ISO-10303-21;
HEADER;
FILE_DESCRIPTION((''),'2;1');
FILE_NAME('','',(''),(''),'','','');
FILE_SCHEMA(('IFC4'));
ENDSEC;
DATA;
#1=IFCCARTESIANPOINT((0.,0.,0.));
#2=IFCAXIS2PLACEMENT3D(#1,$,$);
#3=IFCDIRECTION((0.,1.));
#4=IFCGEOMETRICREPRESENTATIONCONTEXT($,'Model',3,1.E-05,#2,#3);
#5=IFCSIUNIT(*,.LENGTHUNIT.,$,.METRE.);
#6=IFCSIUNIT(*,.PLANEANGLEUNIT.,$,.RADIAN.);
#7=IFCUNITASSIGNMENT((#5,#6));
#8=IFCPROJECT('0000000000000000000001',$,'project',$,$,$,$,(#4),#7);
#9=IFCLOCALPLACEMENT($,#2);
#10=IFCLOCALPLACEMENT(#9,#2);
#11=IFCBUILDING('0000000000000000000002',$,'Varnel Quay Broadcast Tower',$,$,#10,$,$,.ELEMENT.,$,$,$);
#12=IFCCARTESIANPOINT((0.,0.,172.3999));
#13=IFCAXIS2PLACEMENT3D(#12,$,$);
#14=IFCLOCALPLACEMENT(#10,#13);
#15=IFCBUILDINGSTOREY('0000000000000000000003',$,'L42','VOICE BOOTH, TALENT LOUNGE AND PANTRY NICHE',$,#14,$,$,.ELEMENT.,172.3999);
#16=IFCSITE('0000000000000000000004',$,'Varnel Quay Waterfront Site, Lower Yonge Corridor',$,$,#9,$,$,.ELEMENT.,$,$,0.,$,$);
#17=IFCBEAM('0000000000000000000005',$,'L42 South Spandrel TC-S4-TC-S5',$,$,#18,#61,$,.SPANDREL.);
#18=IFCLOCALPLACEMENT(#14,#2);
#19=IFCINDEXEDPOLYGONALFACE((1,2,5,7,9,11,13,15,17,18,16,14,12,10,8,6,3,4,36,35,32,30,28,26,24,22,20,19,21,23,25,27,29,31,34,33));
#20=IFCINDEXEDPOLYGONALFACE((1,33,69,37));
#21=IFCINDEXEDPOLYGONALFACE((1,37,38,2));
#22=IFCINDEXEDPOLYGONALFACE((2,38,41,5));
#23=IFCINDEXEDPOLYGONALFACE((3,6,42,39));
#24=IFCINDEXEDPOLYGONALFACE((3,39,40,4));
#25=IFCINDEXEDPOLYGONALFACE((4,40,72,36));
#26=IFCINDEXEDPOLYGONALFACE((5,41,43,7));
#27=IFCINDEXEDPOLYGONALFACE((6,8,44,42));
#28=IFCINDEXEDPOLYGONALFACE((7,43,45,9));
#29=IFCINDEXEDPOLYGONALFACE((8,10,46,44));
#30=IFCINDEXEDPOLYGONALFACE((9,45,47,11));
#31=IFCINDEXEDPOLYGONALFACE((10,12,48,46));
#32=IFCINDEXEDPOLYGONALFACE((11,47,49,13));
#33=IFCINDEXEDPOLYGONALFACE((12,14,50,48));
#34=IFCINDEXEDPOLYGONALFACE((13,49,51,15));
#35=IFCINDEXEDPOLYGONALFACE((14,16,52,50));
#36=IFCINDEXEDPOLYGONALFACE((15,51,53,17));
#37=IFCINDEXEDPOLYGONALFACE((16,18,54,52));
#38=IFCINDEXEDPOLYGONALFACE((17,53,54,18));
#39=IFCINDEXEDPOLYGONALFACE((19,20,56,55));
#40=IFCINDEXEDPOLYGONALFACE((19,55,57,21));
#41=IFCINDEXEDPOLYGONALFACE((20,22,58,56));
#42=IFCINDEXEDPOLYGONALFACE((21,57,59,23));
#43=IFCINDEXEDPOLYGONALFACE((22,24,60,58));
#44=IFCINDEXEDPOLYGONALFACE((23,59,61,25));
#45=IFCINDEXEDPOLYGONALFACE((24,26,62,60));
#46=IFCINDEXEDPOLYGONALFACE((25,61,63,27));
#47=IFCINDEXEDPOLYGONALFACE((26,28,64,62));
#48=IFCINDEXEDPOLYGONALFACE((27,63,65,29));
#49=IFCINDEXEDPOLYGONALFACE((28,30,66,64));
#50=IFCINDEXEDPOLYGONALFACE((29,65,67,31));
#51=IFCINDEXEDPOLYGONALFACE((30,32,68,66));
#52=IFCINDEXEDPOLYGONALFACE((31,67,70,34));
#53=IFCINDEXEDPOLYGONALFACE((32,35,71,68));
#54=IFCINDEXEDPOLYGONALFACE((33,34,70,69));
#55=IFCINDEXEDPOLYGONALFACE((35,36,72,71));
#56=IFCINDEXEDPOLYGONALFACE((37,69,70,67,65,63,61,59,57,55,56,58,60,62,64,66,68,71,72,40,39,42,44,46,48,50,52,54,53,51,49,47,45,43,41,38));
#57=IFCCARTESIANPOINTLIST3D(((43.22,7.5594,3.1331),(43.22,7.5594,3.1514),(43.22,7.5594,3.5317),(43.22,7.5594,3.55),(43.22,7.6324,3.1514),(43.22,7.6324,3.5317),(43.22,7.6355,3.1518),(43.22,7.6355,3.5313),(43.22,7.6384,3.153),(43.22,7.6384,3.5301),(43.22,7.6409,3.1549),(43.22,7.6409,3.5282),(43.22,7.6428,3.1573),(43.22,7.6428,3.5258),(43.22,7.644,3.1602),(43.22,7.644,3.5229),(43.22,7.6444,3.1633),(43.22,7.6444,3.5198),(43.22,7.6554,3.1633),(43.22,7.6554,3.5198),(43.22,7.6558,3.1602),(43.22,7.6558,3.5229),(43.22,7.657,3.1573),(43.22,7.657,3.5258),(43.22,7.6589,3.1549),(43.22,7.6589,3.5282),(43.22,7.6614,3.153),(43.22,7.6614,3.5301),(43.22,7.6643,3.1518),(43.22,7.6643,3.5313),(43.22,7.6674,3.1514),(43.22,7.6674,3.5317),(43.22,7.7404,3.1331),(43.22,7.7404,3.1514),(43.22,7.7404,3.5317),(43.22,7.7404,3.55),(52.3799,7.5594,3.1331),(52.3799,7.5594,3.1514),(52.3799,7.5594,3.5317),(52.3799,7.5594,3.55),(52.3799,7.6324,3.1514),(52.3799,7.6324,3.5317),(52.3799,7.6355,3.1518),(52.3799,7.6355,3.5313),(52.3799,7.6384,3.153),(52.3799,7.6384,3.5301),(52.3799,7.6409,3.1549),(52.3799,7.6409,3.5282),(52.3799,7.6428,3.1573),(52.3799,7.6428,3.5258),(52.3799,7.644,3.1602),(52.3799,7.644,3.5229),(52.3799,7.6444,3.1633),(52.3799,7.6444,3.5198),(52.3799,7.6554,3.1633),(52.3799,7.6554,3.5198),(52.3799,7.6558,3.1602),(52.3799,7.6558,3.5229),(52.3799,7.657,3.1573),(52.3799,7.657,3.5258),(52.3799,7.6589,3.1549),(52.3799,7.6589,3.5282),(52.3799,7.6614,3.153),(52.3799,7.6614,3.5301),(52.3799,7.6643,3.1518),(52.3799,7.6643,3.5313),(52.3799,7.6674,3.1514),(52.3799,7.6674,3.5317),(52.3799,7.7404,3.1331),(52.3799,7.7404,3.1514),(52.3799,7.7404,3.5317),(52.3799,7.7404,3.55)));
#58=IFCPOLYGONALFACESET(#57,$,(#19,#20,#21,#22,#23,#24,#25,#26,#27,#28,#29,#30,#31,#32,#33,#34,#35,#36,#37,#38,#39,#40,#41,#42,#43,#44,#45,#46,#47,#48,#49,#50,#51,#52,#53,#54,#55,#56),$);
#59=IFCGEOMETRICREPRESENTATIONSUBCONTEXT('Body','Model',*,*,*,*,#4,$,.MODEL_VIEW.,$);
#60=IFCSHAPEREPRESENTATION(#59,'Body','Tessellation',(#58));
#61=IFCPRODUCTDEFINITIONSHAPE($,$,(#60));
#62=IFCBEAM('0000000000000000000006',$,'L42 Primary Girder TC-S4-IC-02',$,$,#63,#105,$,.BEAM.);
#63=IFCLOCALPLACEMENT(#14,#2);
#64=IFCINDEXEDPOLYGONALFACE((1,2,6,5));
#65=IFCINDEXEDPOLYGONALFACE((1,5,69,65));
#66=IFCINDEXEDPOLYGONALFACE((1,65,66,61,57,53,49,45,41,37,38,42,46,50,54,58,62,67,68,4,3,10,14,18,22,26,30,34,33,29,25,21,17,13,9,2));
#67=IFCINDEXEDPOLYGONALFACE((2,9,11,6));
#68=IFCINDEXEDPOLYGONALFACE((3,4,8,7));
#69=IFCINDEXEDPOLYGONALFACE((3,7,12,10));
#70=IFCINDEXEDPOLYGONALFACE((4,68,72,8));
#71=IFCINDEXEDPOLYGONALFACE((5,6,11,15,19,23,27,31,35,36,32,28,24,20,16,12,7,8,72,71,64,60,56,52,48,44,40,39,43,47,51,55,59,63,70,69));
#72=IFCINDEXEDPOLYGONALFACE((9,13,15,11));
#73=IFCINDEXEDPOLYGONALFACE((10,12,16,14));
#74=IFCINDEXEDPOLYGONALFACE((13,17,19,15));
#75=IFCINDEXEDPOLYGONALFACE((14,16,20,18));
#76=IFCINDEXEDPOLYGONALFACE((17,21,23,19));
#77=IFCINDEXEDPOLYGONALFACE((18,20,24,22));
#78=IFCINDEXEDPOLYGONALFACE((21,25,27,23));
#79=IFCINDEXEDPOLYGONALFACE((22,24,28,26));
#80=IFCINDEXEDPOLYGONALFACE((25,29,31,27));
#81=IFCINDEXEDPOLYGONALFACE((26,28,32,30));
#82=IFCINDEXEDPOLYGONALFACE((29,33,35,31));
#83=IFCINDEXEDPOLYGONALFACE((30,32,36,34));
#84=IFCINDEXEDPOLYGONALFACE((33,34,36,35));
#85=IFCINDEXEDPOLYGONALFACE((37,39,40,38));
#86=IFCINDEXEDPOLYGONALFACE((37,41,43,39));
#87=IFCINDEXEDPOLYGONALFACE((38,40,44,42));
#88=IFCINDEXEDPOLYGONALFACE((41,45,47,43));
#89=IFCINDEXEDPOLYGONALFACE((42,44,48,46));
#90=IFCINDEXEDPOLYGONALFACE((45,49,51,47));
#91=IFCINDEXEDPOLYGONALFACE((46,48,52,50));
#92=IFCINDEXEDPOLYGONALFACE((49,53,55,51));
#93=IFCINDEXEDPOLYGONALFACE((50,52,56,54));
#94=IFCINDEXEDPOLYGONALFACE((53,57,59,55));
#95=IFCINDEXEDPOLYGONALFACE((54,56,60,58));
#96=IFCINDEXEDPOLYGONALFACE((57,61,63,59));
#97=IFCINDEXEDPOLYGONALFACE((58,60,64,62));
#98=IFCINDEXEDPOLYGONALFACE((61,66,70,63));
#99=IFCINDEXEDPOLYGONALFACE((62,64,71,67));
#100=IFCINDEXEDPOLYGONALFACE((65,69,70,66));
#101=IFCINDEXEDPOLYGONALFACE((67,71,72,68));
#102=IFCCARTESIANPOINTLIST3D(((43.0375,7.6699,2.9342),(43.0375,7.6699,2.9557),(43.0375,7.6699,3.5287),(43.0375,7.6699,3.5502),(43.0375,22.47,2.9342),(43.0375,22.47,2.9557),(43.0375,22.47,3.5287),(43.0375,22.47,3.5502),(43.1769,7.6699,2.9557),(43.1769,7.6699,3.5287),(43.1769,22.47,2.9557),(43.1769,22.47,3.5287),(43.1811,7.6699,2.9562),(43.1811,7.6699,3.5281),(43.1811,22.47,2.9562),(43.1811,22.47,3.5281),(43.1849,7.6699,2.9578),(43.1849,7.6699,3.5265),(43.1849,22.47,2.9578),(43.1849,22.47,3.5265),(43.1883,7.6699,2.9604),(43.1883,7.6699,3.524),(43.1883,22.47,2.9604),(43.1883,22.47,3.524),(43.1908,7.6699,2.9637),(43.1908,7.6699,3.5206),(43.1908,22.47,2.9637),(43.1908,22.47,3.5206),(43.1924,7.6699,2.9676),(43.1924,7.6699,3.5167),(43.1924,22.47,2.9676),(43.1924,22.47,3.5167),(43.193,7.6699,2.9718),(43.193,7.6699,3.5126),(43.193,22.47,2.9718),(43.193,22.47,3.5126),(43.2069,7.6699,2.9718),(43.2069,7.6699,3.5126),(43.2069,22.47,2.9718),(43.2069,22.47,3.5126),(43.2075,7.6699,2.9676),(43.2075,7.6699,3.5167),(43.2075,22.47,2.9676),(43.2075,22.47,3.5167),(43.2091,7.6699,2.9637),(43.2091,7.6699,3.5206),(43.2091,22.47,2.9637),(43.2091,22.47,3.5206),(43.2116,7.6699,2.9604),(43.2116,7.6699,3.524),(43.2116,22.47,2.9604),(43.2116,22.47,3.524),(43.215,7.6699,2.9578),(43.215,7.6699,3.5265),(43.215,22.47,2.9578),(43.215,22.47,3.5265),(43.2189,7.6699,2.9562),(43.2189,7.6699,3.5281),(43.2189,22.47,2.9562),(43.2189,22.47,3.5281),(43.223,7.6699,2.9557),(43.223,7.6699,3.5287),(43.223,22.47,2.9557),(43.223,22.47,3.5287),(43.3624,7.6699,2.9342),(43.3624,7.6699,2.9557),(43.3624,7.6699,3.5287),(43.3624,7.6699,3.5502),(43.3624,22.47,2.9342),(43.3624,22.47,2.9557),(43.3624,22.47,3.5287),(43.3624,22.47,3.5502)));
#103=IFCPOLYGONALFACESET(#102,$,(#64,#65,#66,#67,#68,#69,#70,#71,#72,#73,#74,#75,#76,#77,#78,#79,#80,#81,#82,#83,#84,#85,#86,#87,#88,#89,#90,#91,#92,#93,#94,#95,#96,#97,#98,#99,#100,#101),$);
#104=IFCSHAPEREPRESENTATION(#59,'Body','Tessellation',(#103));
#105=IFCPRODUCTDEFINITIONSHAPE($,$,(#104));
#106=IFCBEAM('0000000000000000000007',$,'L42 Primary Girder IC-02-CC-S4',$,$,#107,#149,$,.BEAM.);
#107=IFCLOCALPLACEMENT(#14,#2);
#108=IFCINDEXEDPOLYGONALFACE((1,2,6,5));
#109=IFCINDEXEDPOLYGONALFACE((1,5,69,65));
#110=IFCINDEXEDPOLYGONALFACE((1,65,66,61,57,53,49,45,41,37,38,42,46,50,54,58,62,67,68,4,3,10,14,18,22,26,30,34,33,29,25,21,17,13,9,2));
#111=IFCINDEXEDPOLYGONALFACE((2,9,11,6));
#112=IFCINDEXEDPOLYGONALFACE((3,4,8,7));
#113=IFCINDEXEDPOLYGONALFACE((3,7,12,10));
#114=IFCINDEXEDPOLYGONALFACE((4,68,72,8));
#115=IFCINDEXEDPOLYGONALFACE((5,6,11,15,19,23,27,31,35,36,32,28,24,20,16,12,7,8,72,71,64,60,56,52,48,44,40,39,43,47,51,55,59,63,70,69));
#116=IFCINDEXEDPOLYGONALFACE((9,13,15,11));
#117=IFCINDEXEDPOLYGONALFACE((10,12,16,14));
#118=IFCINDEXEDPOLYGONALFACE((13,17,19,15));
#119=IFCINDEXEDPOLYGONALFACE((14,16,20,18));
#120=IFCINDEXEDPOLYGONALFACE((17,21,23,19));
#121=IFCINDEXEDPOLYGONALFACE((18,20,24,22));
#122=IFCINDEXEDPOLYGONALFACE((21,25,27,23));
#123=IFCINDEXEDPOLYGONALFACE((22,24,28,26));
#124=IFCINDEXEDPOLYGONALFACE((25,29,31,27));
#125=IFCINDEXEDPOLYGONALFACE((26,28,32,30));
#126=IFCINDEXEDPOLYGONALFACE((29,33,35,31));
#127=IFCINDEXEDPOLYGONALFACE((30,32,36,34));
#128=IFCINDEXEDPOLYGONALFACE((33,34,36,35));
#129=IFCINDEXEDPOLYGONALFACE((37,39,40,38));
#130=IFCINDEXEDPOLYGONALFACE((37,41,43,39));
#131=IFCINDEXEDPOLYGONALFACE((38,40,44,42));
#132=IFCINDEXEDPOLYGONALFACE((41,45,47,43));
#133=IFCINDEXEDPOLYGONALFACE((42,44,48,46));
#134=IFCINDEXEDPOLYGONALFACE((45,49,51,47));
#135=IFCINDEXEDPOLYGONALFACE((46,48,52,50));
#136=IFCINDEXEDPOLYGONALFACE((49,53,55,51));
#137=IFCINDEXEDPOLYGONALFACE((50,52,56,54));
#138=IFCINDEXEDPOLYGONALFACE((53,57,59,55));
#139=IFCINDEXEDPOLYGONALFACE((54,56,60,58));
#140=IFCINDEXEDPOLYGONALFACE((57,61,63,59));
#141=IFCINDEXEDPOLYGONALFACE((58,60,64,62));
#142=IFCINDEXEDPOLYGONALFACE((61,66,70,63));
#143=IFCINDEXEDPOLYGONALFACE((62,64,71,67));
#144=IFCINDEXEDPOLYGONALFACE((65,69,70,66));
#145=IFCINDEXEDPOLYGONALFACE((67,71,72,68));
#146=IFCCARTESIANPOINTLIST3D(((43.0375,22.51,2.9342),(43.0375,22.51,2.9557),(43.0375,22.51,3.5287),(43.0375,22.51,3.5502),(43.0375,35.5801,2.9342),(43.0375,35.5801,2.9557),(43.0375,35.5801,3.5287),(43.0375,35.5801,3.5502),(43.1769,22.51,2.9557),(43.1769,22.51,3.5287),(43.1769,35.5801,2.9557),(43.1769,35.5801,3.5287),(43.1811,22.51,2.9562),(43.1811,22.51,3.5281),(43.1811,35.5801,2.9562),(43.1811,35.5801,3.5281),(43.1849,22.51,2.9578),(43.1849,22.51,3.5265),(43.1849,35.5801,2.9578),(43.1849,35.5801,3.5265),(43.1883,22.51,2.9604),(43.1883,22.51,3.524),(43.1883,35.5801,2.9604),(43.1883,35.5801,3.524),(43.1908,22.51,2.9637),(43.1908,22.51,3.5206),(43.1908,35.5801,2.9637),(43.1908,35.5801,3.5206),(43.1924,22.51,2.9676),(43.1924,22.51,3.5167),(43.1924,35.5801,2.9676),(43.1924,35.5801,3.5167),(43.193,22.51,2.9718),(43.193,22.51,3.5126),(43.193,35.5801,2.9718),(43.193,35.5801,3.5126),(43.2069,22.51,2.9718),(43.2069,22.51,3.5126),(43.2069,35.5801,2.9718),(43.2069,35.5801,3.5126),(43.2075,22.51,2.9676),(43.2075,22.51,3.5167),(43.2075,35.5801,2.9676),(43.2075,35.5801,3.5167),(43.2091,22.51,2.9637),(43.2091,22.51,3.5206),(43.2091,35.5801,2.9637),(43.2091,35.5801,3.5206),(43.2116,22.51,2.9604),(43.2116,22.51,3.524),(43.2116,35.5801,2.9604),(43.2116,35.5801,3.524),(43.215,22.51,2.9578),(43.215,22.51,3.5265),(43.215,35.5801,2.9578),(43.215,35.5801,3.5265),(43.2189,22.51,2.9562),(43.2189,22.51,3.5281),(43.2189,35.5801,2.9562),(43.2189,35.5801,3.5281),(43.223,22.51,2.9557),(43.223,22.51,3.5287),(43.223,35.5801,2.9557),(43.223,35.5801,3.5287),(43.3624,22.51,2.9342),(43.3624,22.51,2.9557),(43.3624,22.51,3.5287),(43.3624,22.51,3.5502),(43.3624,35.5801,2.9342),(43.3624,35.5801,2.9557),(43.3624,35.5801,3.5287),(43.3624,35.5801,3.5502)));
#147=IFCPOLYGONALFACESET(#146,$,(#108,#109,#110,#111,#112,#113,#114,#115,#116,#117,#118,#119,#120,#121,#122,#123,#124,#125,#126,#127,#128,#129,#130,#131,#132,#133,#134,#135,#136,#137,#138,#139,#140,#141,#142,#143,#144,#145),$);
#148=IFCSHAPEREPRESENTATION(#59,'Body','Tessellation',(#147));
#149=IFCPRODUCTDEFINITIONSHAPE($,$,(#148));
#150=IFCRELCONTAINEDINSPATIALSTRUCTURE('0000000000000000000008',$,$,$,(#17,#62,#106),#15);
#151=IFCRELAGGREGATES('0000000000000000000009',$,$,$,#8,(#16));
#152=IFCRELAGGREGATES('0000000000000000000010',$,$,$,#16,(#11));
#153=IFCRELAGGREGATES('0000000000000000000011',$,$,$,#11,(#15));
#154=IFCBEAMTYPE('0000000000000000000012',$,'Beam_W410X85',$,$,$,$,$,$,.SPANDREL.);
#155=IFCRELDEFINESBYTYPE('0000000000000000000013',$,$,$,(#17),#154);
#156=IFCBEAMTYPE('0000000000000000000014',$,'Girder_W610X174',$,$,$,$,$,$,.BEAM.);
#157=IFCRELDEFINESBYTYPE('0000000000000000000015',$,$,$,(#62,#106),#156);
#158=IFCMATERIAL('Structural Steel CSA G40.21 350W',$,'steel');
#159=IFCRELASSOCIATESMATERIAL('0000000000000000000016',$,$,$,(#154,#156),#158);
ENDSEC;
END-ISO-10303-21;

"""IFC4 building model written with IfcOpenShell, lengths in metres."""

from ifc_helpers import new_model, si_unit, direction, frame, origin, origin_2d, place, context, subcontext, project, spatial, i_section, extrude, source, transform, mapped, material, material_profile, profile_set, type_object, type_shapes, element, save


model = new_model("IFC4")

# Units and contexts
model_context = context("Model", 3, precision=1e-05, world=origin(), true_north=direction((0.0, 1.0)))
body_context = subcontext(model_context, "Body", "Model", "MODEL_VIEW")
ifc_project = project(units=[si_unit("LENGTHUNIT", "METRE"), si_unit("PLANEANGLEUNIT", "RADIAN")], contexts=[model_context])

# Site, building, storey
site_placement = place(None, origin())
site = spatial("IfcSite", under=ifc_project, at=site_placement, Name="Varnel Quay Waterfront Site, Lower Yonge Corridor", CompositionType="ELEMENT", RefElevation=0.0)
building_placement = place(site_placement, origin())
building = spatial("IfcBuilding", under=site, at=building_placement, Name="Varnel Quay Broadcast Tower", CompositionType="ELEMENT")
storey_placement = place(building_placement, frame((0.0, 0.0, 172.3999)))
storey = spatial("IfcBuildingStorey", under=building, at=storey_placement, Name="L42", Description="VOICE BOOTH, TALENT LOUNGE AND PANTRY NICHE", CompositionType="ELEMENT", Elevation=172.3999)

# Shared definitions
ifc_material_1 = material(Name="Structural Steel CSA G40.21 350W", Category="steel")

# Beams
ifc_material_profile_1 = material_profile(ifc_material_1, i_section(OverallWidth=0.1809, OverallDepth=0.417, WebThickness=0.011, FlangeThickness=0.0183, FilletRadius=0.012, at=origin_2d()), Name="W410X85")
ifc_profile_set_1 = profile_set([ifc_material_profile_1], Name="Structural Steel CSA G40.21 350W")
beam_type_1 = type_object("IfcBeamType", Name="Beam_W410X85", PredefinedType="SPANDREL", material=ifc_profile_set_1)
shared_shape_1 = source(origin(), body_context, "Body", "SweptSolid", [
    extrude(i_section(OverallWidth=0.1809, OverallDepth=0.417, WebThickness=0.011, FlangeThickness=0.0183, FilletRadius=0.012, at=origin_2d()), origin(), (0.0, 0.0, 1.0), 9.1599),
])
type_shapes(beam_type_1, [shared_shape_1])
for number, where, z_axis, x_axis, name in (
    (1, (43.22, 7.6499, 3.3416), (1.0, 0.0, 0.0), (0.0, 1.0, 0.0), "L42 South Spandrel TC-S4-TC-S5"),
):
    element("IfcBeam", number, at=place(storey_placement, frame(where, z_axis=z_axis, x_axis=x_axis)), inside=storey, type_object=beam_type_1, Name=name, PredefinedType="SPANDREL", context=body_context, shape_type="MappedRepresentation", body=[
        mapped(shared_shape_1, transform((0.0, 0.0, 0.0), x_axis=(1.0, 0.0, 0.0), y_axis=(0.0, 1.0, 0.0), z_axis=(0.0, 0.0, 1.0), scale=1.0)),
    ])
ifc_material_profile_2 = material_profile(ifc_material_1, i_section(OverallWidth=0.325, OverallDepth=0.616, WebThickness=0.0139, FlangeThickness=0.0215, FilletRadius=0.0161, at=origin_2d()), Name="W610X174")
ifc_profile_set_2 = profile_set([ifc_material_profile_2], Name="Structural Steel CSA G40.21 350W")
beam_type_2 = type_object("IfcBeamType", Name="Girder_W610X174", PredefinedType="BEAM", material=ifc_profile_set_2)
shared_shape_2 = source(origin(), body_context, "Body", "SweptSolid", [
    extrude(i_section(OverallWidth=0.325, OverallDepth=0.616, WebThickness=0.0139, FlangeThickness=0.0215, FilletRadius=0.0161, at=origin_2d()), origin(), (0.0, 0.0, 1.0), 14.8),
])
beam_1_placement = place(storey_placement, frame((43.2, 7.6699, 3.2422), z_axis=(0.0, 1.0, 0.0), x_axis=(-1.0, 0.0, 0.0)))
element("IfcBeam", 2, at=beam_1_placement, inside=storey, type_object=beam_type_2, Name="L42 Primary Girder TC-S4-IC-02", PredefinedType="BEAM", context=body_context, shape_type="MappedRepresentation", body=[
    mapped(shared_shape_2, transform((0.0, 0.0, 0.0), x_axis=(1.0, 0.0, 0.0), y_axis=(0.0, 1.0, 0.0), z_axis=(0.0, 0.0, 1.0), scale=1.0)),
])
shared_shape_3 = source(origin(), body_context, "Body", "SweptSolid", [
    extrude(i_section(OverallWidth=0.325, OverallDepth=0.616, WebThickness=0.0139, FlangeThickness=0.0215, FilletRadius=0.0161, at=origin_2d()), origin(), (0.0, 0.0, 1.0), 13.0701),
])
beam_2_placement = place(storey_placement, frame((43.2, 22.51, 3.2422), z_axis=(0.0, 1.0, 0.0), x_axis=(-1.0, 0.0, 0.0)))
element("IfcBeam", 3, at=beam_2_placement, inside=storey, type_object=beam_type_2, Name="L42 Primary Girder IC-02-CC-S4", PredefinedType="BEAM", context=body_context, shape_type="MappedRepresentation", body=[
    mapped(shared_shape_3, transform((0.0, 0.0, 0.0), x_axis=(1.0, 0.0, 0.0), y_axis=(0.0, 1.0, 0.0), z_axis=(0.0, 0.0, 1.0), scale=1.0)),
])

save(model, "model.ifc")
